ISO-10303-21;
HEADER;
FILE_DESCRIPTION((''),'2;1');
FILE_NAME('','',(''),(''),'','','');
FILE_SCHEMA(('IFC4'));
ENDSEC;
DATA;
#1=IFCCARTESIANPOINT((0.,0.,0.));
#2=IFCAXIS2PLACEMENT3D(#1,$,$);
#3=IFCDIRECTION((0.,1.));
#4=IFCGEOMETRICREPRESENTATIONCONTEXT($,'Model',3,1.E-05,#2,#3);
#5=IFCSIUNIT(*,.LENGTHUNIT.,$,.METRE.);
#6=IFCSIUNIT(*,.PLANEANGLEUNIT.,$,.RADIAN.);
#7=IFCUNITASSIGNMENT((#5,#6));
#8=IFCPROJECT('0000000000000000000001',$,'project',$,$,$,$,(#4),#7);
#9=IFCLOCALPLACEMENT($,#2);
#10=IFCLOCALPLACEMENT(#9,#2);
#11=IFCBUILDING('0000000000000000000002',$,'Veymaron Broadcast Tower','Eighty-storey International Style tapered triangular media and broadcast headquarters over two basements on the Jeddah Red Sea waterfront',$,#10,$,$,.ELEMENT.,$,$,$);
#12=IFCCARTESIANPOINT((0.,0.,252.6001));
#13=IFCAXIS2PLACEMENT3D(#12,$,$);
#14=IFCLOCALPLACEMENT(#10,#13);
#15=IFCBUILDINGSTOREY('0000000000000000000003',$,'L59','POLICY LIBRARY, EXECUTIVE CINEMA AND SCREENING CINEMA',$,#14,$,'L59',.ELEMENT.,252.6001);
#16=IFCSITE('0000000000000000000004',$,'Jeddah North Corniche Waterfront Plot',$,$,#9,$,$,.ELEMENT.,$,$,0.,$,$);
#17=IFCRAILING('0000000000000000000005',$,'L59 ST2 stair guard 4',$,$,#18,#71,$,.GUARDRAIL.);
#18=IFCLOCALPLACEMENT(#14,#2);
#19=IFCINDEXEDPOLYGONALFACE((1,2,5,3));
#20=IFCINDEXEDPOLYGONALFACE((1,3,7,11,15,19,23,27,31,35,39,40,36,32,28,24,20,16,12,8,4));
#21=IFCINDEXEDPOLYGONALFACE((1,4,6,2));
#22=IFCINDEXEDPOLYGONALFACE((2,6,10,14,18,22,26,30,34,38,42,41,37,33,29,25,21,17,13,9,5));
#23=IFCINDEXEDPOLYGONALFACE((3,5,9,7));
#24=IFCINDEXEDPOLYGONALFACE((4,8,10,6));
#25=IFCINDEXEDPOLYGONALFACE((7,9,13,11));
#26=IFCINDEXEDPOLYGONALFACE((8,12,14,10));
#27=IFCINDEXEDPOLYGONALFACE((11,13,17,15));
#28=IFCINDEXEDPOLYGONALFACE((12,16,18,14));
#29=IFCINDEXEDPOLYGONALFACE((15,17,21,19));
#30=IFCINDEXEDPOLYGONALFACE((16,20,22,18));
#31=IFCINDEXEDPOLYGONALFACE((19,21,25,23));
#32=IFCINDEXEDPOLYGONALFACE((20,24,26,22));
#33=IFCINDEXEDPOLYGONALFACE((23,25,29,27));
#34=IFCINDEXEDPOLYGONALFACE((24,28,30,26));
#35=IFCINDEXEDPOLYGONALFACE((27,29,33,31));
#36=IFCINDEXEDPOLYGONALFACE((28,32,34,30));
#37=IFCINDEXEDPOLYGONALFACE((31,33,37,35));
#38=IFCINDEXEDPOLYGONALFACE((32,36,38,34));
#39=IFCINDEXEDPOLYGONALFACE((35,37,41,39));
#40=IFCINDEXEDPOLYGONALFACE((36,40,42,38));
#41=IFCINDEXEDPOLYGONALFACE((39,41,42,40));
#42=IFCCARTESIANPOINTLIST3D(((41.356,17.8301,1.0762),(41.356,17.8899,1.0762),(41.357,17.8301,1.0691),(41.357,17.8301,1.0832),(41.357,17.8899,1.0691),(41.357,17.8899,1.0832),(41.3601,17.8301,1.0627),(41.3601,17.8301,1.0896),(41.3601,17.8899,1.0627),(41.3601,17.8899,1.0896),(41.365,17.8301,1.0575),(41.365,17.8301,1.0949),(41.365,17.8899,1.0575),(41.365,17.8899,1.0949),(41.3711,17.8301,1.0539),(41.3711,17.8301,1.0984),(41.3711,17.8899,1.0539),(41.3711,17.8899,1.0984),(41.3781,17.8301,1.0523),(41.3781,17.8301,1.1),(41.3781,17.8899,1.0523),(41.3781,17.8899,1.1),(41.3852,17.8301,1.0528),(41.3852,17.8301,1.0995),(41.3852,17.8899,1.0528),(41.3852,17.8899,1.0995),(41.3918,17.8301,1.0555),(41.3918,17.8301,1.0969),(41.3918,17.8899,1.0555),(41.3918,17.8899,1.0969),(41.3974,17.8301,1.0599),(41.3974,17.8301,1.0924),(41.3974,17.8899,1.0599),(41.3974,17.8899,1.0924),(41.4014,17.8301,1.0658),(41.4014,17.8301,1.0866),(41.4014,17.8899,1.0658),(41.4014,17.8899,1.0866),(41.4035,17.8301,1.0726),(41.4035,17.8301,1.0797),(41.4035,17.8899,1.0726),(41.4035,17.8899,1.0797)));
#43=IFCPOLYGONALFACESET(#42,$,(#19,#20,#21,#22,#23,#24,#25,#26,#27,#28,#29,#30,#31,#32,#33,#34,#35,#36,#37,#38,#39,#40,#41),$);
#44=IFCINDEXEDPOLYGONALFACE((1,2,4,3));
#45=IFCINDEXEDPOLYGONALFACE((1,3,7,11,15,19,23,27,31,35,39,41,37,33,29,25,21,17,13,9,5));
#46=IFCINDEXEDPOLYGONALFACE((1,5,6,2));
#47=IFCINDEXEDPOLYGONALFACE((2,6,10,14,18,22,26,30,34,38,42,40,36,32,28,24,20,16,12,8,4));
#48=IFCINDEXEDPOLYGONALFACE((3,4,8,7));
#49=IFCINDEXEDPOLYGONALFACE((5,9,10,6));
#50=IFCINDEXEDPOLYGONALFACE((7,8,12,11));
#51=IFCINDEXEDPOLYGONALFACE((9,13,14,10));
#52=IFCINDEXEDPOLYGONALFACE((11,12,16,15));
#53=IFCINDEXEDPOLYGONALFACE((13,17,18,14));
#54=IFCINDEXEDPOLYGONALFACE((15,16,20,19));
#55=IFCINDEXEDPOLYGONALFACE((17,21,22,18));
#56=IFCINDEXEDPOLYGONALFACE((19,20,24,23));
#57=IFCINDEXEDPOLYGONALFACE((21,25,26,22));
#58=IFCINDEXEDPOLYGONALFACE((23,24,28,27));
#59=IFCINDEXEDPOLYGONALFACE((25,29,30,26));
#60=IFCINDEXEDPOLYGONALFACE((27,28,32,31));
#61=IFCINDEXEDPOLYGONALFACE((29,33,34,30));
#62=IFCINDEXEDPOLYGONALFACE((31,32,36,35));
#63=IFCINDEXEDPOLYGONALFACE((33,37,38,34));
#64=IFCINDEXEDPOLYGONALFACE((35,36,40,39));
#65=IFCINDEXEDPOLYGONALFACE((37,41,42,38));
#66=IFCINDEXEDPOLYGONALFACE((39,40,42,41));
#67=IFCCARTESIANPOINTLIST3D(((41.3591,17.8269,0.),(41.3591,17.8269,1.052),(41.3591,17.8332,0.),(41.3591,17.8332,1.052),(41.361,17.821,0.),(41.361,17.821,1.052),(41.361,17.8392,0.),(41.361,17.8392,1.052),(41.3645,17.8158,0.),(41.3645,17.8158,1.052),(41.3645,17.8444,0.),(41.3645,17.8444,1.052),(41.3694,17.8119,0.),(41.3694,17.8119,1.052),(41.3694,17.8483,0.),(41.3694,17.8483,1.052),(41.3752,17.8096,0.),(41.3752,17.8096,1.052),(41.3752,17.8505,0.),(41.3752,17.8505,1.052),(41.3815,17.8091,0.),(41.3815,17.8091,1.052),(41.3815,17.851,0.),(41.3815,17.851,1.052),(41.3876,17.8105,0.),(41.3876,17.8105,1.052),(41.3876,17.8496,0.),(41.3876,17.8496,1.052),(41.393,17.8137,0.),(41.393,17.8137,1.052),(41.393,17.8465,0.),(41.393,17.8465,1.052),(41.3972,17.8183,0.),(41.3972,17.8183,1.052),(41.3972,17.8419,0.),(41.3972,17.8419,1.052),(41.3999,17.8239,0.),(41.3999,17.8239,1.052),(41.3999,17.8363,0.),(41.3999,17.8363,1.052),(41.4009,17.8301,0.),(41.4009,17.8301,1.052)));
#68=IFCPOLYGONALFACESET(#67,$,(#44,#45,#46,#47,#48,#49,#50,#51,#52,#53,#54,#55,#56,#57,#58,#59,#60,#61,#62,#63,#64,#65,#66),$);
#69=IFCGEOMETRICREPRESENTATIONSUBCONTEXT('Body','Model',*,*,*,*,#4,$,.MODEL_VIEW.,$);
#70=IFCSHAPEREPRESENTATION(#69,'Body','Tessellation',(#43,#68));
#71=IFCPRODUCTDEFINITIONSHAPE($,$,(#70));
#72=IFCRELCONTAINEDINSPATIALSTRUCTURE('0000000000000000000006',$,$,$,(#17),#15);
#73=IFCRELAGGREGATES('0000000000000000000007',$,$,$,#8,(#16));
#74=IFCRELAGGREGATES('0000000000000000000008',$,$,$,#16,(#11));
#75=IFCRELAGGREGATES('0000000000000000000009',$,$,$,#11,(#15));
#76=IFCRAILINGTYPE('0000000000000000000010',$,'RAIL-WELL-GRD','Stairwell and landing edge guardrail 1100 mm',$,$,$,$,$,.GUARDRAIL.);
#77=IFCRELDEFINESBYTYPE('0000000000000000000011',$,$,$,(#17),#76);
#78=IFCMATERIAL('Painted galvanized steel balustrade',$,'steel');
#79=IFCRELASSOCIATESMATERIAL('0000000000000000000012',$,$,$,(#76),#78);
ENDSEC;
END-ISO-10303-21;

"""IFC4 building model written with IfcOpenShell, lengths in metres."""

from ifc_helpers import new_model, si_unit, direction, frame, origin, origin_2d, place, context, subcontext, project, spatial, circle, extrude, material, type_object, element, save


model = new_model("IFC4")

# Units and contexts
model_context = context("Model", 3, precision=1e-05, world=origin(), true_north=direction((0.0, 1.0)))
body_context = subcontext(model_context, "Body", "Model", "MODEL_VIEW")
ifc_project = project(units=[si_unit("LENGTHUNIT", "METRE"), si_unit("PLANEANGLEUNIT", "RADIAN")], contexts=[model_context])

# Site, building, storey
site_placement = place(None, origin())
site = spatial("IfcSite", under=ifc_project, at=site_placement, Name="Jeddah North Corniche Waterfront Plot", CompositionType="ELEMENT", RefElevation=0.0)
building_placement = place(site_placement, origin())
building = spatial("IfcBuilding", under=site, at=building_placement, Name="Veymaron Broadcast Tower", Description="Eighty-storey International Style tapered triangular media and broadcast headquarters over two basements on the Jeddah Red Sea waterfront", CompositionType="ELEMENT")
storey_placement = place(building_placement, frame((0.0, 0.0, 252.6001)))
storey = spatial("IfcBuildingStorey", under=building, at=storey_placement, Name="L59", Description="POLICY LIBRARY, EXECUTIVE CINEMA AND SCREENING CINEMA", LongName="L59", CompositionType="ELEMENT", Elevation=252.6001)

# Railing
ifc_material_1 = material(Name="Painted galvanized steel balustrade", Category="steel")
railing_type_1 = type_object("IfcRailingType", Name="RAIL-WELL-GRD", Description="Stairwell and landing edge guardrail 1100 mm", PredefinedType="GUARDRAIL", material=ifc_material_1)
railing_1_placement = place(storey_placement, frame((41.3799, 17.8301, 0.0)))
element("IfcRailing", 1, at=railing_1_placement, inside=storey, type_object=railing_type_1, Name="L59 ST2 stair guard 4", PredefinedType="GUARDRAIL", context=body_context, shape_type="SweptSolid", body=[
    extrude(circle(Radius=0.0239, at=origin_2d()), frame((0.0, 0.0, 1.0762), z_axis=(0.0, 1.0, 0.0), x_axis=(-1.0, 0.0, 0.0)), (0.0, 0.0, 1.0), 0.0598),
    extrude(circle(Radius=0.021, at=origin_2d()), origin(), (0.0, 0.0, 1.0), 1.052),
])

save(model, "model.ifc")
